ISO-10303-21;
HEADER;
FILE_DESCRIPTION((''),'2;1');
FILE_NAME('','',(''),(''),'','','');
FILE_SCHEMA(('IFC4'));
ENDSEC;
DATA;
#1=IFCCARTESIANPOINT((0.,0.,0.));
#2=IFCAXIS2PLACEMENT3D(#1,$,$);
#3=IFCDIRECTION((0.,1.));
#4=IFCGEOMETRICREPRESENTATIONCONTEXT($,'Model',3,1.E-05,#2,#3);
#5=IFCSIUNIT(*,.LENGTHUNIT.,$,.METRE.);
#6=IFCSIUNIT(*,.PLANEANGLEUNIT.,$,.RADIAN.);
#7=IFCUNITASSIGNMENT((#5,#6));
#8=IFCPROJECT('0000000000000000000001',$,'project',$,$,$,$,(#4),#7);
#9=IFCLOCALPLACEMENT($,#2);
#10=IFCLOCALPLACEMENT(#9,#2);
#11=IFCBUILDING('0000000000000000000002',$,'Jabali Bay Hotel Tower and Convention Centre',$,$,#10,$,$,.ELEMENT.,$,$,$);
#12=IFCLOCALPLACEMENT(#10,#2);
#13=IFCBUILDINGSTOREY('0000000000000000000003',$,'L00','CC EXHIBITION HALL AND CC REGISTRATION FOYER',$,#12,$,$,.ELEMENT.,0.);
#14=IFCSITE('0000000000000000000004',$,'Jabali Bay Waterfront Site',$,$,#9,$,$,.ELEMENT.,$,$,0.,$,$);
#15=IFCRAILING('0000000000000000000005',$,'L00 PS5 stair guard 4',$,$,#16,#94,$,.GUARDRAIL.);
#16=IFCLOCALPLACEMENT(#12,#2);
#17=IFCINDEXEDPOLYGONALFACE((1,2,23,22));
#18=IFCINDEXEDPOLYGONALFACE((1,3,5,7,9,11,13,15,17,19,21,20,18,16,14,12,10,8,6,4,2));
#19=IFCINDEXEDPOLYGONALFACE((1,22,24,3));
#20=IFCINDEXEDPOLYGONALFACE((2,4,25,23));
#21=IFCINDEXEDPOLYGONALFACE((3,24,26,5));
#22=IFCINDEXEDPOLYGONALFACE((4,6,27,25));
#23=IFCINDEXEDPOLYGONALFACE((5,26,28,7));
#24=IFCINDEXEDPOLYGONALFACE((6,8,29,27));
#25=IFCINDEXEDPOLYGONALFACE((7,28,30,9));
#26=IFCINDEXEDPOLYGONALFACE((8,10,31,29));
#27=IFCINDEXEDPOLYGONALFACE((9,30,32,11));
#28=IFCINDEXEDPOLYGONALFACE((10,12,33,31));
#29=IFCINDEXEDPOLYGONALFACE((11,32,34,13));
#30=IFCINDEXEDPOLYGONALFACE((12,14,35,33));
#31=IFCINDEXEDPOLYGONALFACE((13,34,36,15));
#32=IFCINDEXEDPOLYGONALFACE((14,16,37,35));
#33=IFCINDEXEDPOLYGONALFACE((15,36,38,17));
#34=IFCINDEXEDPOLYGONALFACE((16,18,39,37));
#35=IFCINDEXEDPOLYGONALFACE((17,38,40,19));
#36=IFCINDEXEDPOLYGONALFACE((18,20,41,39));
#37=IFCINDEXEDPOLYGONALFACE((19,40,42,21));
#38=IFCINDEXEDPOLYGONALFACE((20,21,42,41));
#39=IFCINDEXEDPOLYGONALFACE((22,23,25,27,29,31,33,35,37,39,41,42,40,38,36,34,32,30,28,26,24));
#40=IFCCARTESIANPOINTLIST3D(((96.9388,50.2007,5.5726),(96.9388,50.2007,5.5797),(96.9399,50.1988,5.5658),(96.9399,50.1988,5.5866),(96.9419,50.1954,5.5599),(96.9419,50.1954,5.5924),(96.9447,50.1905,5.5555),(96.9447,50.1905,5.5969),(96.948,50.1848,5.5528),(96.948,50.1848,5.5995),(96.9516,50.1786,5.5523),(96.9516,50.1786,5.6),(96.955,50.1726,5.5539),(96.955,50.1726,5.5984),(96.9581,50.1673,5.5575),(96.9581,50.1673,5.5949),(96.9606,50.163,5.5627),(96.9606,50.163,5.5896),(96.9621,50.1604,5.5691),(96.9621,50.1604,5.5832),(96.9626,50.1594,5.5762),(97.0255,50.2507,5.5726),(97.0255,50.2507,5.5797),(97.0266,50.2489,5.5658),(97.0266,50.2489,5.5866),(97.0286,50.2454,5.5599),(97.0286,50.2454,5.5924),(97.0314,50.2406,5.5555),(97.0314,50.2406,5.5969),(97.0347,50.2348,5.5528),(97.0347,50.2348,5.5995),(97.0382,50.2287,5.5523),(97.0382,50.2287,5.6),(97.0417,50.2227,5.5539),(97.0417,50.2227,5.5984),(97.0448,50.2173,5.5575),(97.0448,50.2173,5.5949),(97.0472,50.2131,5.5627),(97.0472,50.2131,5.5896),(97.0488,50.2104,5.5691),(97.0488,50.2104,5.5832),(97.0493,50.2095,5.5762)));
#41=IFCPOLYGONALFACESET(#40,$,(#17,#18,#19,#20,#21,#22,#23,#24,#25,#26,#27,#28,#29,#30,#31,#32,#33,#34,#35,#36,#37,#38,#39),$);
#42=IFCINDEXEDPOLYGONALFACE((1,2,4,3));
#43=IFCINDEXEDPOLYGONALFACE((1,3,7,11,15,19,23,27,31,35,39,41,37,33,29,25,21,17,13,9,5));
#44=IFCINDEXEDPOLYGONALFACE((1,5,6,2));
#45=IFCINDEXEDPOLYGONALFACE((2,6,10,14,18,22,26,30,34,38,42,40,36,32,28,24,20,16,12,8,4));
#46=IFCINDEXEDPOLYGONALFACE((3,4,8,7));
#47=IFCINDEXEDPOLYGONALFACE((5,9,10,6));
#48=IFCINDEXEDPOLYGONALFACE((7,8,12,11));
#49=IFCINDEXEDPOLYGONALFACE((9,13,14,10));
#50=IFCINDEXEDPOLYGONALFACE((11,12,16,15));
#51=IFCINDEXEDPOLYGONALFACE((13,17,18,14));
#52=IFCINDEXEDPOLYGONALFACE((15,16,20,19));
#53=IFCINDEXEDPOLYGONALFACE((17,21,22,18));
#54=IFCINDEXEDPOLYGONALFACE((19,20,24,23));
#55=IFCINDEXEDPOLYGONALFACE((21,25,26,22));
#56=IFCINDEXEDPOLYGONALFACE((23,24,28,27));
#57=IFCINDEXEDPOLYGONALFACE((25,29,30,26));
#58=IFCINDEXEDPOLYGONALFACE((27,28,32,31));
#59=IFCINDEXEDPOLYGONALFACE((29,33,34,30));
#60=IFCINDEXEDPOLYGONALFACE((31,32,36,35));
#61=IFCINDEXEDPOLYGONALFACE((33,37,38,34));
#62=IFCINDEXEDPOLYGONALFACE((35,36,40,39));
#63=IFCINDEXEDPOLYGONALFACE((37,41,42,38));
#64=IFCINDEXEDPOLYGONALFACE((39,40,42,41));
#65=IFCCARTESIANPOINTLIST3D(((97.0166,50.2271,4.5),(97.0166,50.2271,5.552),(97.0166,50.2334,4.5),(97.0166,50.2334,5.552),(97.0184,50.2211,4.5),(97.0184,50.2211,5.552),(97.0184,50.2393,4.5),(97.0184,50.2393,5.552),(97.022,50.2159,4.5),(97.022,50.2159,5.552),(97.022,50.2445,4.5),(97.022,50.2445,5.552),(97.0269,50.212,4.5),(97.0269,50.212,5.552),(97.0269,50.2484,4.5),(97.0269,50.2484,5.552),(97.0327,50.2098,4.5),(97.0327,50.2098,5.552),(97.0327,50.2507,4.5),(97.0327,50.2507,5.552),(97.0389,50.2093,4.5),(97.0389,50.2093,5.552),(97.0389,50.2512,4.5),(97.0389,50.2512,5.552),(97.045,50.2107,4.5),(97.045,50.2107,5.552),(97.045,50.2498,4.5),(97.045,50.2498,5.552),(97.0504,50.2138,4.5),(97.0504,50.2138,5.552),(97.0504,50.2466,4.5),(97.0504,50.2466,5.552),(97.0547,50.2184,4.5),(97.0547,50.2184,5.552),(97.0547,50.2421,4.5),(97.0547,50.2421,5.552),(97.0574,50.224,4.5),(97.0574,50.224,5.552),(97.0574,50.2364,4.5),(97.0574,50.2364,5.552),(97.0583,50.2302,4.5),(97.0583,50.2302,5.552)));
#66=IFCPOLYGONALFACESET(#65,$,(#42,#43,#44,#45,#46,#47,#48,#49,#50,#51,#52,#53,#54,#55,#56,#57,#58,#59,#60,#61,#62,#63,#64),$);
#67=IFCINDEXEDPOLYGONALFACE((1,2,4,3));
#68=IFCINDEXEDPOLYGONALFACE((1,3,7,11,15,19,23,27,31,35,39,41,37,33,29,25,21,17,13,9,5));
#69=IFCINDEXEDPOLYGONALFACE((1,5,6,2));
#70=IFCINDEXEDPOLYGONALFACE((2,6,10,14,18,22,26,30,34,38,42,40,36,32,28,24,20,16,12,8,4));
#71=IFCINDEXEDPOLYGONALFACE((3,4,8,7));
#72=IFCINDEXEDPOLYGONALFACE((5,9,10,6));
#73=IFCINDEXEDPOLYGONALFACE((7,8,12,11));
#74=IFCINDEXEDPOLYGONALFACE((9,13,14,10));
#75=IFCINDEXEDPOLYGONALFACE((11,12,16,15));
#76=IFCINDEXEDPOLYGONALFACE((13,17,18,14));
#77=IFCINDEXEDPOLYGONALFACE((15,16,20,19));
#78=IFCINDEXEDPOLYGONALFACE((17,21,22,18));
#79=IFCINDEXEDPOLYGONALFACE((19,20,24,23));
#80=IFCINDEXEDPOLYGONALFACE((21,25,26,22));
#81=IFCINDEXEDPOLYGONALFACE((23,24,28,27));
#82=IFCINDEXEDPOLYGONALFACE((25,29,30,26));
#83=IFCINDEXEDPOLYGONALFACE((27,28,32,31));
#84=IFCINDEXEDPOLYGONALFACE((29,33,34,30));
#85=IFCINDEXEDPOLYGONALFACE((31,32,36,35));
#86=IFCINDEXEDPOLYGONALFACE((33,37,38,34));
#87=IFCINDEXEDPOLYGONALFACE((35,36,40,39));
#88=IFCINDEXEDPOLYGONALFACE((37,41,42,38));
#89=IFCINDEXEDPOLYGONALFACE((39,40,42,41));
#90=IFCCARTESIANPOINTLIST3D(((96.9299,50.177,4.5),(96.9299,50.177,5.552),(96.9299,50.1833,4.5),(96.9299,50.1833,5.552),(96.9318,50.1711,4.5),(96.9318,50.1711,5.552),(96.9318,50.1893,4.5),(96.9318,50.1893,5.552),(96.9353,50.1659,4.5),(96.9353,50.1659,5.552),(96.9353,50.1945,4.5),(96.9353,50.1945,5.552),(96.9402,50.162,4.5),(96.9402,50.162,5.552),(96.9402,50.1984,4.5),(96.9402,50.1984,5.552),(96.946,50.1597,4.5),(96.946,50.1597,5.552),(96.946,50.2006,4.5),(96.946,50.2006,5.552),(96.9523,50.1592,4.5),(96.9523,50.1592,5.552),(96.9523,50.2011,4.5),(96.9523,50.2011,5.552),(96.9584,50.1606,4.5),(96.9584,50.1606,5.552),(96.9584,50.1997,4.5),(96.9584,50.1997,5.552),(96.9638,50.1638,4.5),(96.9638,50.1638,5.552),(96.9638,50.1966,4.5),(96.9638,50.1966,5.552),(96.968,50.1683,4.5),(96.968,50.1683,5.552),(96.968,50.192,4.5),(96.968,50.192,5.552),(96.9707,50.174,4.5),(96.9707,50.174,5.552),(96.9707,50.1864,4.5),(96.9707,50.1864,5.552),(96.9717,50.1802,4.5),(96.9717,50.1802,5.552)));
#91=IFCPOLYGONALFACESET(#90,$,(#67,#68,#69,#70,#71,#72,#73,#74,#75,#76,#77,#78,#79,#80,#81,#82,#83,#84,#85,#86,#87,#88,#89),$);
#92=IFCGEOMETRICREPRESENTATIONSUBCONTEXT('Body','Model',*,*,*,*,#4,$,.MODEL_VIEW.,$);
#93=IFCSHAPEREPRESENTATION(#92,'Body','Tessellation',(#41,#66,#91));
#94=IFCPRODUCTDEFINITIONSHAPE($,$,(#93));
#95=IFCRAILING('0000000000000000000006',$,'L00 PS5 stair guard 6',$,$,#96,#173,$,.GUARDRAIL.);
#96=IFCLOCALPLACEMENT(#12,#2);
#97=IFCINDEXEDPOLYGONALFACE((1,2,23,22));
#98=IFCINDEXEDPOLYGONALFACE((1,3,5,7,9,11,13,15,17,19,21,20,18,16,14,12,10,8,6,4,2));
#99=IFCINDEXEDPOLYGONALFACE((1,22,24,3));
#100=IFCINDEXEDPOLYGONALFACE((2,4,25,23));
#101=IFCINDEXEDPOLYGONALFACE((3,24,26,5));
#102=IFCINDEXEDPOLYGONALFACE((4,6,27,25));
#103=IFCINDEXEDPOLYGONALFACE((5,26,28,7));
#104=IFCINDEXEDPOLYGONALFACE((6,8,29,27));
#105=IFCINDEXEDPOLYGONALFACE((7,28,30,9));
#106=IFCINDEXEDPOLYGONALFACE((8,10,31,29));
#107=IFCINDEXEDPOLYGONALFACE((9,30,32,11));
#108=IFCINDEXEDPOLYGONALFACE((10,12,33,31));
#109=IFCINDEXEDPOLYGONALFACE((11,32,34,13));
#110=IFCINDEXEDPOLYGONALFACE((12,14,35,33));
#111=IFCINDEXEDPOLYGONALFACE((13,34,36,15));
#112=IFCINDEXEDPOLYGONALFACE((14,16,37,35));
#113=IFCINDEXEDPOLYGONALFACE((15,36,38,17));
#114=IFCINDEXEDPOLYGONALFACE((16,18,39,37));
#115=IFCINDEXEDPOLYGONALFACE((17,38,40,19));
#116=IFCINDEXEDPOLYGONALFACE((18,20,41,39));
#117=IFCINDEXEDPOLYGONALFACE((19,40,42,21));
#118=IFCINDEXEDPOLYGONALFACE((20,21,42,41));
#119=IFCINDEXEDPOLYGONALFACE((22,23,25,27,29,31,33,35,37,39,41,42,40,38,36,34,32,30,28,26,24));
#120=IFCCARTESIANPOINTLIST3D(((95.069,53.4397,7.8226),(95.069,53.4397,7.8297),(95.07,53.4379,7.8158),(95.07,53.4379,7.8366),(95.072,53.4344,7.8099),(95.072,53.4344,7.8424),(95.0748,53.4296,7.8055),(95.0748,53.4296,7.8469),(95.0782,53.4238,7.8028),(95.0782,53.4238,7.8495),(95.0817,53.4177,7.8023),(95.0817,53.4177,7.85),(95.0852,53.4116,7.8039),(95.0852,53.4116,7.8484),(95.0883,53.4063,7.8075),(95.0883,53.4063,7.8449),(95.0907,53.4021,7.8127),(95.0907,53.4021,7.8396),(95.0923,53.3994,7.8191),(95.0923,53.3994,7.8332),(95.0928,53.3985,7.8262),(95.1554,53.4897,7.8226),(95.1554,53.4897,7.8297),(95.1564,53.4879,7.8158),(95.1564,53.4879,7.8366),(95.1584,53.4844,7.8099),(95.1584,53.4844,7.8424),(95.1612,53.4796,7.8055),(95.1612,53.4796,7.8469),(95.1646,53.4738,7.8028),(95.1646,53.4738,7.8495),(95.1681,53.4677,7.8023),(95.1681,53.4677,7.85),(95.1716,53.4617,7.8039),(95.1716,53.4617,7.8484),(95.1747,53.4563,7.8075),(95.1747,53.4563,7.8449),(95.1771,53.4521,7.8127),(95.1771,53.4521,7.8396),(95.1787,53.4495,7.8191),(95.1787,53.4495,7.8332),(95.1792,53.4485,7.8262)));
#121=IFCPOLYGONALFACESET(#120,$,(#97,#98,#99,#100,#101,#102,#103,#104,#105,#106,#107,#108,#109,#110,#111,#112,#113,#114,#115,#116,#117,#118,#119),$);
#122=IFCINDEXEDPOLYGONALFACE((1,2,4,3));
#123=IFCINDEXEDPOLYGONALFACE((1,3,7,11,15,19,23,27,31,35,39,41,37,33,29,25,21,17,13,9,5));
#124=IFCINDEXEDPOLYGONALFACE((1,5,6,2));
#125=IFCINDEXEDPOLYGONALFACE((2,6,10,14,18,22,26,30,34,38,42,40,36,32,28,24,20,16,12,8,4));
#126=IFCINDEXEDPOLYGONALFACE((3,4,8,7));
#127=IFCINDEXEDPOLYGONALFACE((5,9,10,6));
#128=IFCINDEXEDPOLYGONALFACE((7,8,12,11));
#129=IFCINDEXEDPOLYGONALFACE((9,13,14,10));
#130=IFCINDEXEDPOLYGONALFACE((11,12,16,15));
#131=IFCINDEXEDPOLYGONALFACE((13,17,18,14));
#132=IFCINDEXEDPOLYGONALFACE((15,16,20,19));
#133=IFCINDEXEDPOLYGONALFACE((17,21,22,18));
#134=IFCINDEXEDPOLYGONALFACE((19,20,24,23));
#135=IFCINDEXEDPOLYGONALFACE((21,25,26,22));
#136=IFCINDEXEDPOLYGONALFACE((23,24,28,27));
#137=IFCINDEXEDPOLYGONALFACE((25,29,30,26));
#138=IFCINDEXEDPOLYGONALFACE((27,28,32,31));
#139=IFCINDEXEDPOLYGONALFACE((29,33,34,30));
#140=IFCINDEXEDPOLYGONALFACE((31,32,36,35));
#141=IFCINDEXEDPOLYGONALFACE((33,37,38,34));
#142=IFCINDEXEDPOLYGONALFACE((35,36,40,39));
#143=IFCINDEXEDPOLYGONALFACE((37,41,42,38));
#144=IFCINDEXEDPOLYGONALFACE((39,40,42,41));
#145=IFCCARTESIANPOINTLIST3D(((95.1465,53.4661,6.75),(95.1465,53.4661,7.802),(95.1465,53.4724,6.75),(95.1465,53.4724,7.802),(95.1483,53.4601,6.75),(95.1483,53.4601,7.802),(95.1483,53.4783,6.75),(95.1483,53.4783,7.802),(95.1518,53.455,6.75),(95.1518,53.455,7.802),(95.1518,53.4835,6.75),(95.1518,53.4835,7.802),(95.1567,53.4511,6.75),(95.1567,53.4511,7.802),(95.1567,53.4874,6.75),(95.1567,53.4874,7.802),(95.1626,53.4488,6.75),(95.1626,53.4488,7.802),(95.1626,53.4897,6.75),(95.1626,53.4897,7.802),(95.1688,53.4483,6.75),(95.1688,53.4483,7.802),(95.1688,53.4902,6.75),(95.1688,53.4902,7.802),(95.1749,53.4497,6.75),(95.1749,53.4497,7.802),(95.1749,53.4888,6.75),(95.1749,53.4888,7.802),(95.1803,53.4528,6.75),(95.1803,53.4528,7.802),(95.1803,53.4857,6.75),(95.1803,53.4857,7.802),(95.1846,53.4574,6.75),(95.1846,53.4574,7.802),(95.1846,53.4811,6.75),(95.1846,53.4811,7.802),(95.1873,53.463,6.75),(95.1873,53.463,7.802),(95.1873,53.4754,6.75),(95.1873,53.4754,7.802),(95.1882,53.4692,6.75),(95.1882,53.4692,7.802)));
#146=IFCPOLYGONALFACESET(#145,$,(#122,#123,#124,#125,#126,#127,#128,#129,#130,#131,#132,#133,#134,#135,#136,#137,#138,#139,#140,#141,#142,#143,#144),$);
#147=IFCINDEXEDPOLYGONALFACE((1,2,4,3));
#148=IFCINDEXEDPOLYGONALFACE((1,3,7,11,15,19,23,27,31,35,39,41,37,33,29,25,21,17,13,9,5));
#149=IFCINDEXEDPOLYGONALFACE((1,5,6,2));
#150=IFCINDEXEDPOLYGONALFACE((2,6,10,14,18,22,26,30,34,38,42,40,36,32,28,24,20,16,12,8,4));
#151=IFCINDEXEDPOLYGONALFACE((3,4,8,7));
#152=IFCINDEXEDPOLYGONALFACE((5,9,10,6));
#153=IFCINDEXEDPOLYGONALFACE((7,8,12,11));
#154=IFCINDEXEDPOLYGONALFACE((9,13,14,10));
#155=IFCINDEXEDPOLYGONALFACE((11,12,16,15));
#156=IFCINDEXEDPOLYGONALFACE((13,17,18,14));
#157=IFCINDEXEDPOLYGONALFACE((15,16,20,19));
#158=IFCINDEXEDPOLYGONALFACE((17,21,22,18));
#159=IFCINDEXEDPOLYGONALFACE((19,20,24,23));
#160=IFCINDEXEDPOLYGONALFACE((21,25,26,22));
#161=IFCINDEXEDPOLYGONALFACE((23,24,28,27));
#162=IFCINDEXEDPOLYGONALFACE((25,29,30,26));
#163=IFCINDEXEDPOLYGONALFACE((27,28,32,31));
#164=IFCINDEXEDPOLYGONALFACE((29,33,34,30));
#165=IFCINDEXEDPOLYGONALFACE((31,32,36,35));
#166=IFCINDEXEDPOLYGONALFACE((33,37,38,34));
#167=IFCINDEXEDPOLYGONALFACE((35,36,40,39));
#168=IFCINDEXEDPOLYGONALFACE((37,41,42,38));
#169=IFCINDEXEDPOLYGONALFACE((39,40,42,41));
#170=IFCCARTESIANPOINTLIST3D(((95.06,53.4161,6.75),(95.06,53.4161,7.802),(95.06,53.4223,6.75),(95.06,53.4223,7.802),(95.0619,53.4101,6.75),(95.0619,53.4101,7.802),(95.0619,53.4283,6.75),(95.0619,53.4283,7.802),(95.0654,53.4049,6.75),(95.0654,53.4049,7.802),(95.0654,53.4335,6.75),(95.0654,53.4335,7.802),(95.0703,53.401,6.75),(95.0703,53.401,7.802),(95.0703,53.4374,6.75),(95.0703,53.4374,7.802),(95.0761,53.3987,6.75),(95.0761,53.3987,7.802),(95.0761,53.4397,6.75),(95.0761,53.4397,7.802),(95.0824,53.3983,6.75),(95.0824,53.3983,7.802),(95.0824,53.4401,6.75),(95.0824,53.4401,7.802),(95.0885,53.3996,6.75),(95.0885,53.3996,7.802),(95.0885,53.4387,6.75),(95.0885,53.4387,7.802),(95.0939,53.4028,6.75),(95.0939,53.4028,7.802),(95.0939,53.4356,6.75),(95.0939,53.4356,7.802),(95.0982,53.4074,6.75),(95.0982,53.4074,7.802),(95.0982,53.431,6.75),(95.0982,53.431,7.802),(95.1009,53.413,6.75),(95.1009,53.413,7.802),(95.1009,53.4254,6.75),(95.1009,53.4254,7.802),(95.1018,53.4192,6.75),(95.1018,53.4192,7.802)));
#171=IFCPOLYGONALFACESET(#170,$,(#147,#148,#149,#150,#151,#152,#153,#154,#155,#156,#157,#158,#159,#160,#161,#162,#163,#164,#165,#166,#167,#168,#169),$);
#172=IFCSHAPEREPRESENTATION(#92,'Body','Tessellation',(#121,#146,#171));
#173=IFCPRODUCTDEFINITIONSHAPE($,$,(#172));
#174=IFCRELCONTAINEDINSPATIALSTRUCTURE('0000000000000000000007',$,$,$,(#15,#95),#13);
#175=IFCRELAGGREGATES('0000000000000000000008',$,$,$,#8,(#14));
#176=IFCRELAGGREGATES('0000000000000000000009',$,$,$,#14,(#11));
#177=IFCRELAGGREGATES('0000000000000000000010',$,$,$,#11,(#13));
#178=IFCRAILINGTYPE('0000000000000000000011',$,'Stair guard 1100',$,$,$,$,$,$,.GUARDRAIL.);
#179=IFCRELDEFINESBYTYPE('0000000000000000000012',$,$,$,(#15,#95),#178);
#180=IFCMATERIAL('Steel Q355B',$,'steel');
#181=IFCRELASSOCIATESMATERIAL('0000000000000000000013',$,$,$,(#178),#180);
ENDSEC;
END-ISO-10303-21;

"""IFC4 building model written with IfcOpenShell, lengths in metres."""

from ifc_helpers import new_model, si_unit, direction, frame, origin, origin_2d, place, context, subcontext, project, spatial, circle, extrude, material, type_object, element, save


model = new_model("IFC4")

# Units and contexts
model_context = context("Model", 3, precision=1e-05, world=origin(), true_north=direction((0.0, 1.0)))
body_context = subcontext(model_context, "Body", "Model", "MODEL_VIEW")
ifc_project = project(units=[si_unit("LENGTHUNIT", "METRE"), si_unit("PLANEANGLEUNIT", "RADIAN")], contexts=[model_context])

# Site, building, storey
site_placement = place(None, origin())
site = spatial("IfcSite", under=ifc_project, at=site_placement, Name="Jabali Bay Waterfront Site", CompositionType="ELEMENT", RefElevation=0.0)
building_placement = place(site_placement, origin())
building = spatial("IfcBuilding", under=site, at=building_placement, Name="Jabali Bay Hotel Tower and Convention Centre", CompositionType="ELEMENT")
storey_placement = place(building_placement, origin())
storey = spatial("IfcBuildingStorey", under=building, at=storey_placement, Name="L00", Description="CC EXHIBITION HALL AND CC REGISTRATION FOYER", CompositionType="ELEMENT", Elevation=0.0)

# Railings
ifc_material_1 = material(Name="Steel Q355B", Category="steel")
railing_type_1 = type_object("IfcRailingType", Name="Stair guard 1100", PredefinedType="GUARDRAIL", material=ifc_material_1)
railing_1_placement = place(storey_placement, frame((97.0374, 50.2302, 4.5)))
element("IfcRailing", 1, at=railing_1_placement, inside=storey, type_object=railing_type_1, Name="L00 PS5 stair guard 4", PredefinedType="GUARDRAIL", context=body_context, shape_type="SweptSolid", body=[
    extrude(circle(Radius=0.0239, at=origin_2d()), frame((0.0, 0.0, 1.0762), z_axis=(-0.865982, -0.500074, 0.0), x_axis=(0.500074, -0.865982, 0.0)), (0.0, 0.0, 1.0), 0.1001),
    extrude(circle(Radius=0.021, at=origin_2d()), origin(), (0.0, 0.0, 1.0), 1.052),
    extrude(circle(Radius=0.021, at=origin_2d()), frame((-0.0867, -0.05, 0.0)), (0.0, 0.0, 1.0), 1.052),
])
railing_2_placement = place(storey_placement, frame((95.1672, 53.4692, 6.75)))
element("IfcRailing", 2, at=railing_2_placement, inside=storey, type_object=railing_type_1, Name="L00 PS5 stair guard 6", PredefinedType="GUARDRAIL", context=body_context, shape_type="SweptSolid", body=[
    extrude(circle(Radius=0.0239, at=origin_2d()), frame((0.0, 0.0, 1.0762), z_axis=(-0.86537, -0.501133, 0.0), x_axis=(0.501133, -0.86537, 0.0)), (0.0, 0.0, 1.0), 0.0999),
    extrude(circle(Radius=0.021, at=origin_2d()), origin(), (0.0, 0.0, 1.0), 1.052),
    extrude(circle(Radius=0.021, at=origin_2d()), frame((-0.0864, -0.05, 0.0)), (0.0, 0.0, 1.0), 1.052),
])

save(model, "model.ifc")
